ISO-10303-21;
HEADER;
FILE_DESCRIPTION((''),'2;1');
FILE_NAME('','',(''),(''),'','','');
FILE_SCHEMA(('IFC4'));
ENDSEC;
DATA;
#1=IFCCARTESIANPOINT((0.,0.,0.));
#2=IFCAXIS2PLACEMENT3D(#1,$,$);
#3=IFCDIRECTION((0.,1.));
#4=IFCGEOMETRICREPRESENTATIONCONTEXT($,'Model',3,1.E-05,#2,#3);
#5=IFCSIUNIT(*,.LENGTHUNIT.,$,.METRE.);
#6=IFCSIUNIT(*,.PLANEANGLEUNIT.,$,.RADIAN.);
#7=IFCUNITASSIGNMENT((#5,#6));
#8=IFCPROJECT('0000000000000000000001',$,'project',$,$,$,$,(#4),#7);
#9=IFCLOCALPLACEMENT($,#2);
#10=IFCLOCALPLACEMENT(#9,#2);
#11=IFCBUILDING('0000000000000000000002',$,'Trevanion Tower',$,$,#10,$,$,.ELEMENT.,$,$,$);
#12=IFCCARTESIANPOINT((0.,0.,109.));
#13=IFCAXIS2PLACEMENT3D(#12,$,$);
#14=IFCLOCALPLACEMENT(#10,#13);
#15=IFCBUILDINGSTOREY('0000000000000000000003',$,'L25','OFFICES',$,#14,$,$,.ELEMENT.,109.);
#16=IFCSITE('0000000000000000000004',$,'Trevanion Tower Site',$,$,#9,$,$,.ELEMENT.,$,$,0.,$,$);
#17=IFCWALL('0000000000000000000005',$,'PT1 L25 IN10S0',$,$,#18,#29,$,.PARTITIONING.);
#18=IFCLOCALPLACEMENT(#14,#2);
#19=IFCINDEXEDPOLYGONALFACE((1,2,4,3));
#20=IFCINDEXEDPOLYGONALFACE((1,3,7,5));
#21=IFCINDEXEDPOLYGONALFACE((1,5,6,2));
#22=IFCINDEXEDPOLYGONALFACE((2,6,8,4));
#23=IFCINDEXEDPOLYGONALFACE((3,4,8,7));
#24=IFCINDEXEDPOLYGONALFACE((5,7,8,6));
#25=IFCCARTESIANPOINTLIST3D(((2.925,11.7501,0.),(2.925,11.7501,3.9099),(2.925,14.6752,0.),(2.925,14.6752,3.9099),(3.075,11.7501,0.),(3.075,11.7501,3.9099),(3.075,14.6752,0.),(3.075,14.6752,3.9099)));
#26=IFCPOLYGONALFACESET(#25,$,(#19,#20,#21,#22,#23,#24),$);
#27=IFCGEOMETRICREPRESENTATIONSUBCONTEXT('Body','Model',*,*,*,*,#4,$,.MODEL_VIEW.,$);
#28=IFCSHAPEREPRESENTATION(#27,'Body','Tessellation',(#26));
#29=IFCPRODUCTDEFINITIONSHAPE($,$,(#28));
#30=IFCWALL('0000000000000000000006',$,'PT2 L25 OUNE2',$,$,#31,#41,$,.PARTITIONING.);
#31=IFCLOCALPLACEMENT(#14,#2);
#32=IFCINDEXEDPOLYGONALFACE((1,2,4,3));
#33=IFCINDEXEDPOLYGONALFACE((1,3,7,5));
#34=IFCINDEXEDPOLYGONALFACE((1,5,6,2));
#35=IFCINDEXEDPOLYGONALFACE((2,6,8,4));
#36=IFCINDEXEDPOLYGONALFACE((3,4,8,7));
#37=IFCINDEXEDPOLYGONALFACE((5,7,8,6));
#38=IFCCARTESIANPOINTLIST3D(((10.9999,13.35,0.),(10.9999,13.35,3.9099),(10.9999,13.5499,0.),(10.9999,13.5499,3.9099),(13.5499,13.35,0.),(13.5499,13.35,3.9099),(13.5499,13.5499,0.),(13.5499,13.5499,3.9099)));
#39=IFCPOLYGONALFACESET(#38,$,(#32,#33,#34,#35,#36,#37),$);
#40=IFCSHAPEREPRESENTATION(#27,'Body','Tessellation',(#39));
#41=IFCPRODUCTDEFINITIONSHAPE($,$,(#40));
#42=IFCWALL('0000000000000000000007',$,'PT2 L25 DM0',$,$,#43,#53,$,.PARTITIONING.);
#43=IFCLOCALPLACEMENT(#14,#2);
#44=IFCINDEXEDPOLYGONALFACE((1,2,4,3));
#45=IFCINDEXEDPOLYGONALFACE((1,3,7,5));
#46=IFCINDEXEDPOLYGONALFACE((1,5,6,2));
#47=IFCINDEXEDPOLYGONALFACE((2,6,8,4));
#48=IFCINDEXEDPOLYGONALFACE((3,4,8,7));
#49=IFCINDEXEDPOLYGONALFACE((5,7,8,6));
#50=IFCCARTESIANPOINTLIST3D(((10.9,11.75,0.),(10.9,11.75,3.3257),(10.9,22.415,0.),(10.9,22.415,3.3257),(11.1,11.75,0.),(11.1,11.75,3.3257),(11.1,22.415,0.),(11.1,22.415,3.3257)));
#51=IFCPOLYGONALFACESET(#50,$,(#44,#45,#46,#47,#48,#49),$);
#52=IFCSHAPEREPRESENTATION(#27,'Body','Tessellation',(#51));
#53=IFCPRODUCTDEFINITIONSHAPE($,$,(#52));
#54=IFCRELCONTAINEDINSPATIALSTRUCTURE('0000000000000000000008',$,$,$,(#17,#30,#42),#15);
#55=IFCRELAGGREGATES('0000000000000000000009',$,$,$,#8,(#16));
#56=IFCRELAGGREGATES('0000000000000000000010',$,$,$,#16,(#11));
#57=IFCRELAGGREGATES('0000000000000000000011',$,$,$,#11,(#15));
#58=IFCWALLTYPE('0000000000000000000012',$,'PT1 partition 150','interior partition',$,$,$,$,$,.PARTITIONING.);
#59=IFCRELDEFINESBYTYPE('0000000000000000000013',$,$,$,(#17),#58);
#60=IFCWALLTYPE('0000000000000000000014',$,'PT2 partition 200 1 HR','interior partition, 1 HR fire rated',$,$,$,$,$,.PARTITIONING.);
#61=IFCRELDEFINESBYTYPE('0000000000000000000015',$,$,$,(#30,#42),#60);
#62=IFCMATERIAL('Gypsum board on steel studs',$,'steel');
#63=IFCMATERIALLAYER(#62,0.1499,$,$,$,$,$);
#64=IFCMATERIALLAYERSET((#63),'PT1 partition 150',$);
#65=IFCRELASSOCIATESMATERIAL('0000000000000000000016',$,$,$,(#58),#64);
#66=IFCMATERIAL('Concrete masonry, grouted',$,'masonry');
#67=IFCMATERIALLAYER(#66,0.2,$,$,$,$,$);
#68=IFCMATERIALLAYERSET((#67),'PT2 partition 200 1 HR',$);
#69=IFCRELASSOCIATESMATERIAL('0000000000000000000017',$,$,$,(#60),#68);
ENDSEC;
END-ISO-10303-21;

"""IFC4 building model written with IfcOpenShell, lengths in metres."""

from ifc_helpers import new_model, si_unit, direction, frame, frame_2d, origin, place, context, subcontext, project, spatial, rectangle, extrude, material, layer, layer_set, type_object, element, save


model = new_model("IFC4")

# Units and contexts
model_context = context("Model", 3, precision=1e-05, world=origin(), true_north=direction((0.0, 1.0)))
body_context = subcontext(model_context, "Body", "Model", "MODEL_VIEW")
ifc_project = project(units=[si_unit("LENGTHUNIT", "METRE"), si_unit("PLANEANGLEUNIT", "RADIAN")], contexts=[model_context])

# Site, building, storey
site_placement = place(None, origin())
site = spatial("IfcSite", under=ifc_project, at=site_placement, Name="Trevanion Tower Site", CompositionType="ELEMENT", RefElevation=0.0)
building_placement = place(site_placement, origin())
building = spatial("IfcBuilding", under=site, at=building_placement, Name="Trevanion Tower", CompositionType="ELEMENT")
storey_placement = place(building_placement, frame((0.0, 0.0, 109.0)))
storey = spatial("IfcBuildingStorey", under=building, at=storey_placement, Name="L25", Description="OFFICES", CompositionType="ELEMENT", Elevation=109.0)

# Shared definitions
ifc_material_1 = material(Name="Gypsum board on steel studs", Category="steel")
ifc_layer_1 = layer(ifc_material_1, 0.1499)
ifc_layer_set_1 = layer_set([ifc_layer_1], Name="PT1 partition 150")
wall_type_1 = type_object("IfcWallType", Name="PT1 partition 150", Description="interior partition", PredefinedType="PARTITIONING", material=ifc_layer_set_1)

# Walls
wall_1_placement = place(storey_placement, frame((3.0, 14.675, 0.0), z_axis=(0.0, 0.0, 1.0), x_axis=(0.0, -1.0, 0.0)))
element("IfcWall", 1, at=wall_1_placement, inside=storey, type_object=wall_type_1, Name="PT1 L25 IN10S0", PredefinedType="PARTITIONING", context=body_context, shape_type="SweptSolid", body=[
    extrude(rectangle(XDim=2.925, YDim=0.1499, at=frame_2d((1.4624, 0.0))), origin(), (0.0, 0.0, 1.0), 3.9099),
])
ifc_material_2 = material(Name="Concrete masonry, grouted", Category="masonry")
ifc_layer_2 = layer(ifc_material_2, 0.2)
ifc_layer_set_2 = layer_set([ifc_layer_2], Name="PT2 partition 200 1 HR")
wall_type_2 = type_object("IfcWallType", Name="PT2 partition 200 1 HR", Description="interior partition, 1 HR fire rated", PredefinedType="PARTITIONING", material=ifc_layer_set_2)
wall_2_placement = place(storey_placement, frame((11.0, 13.45, 0.0), z_axis=(0.0, 0.0, 1.0), x_axis=(1.0, 0.0, 0.0)))
element("IfcWall", 2, at=wall_2_placement, inside=storey, type_object=wall_type_2, Name="PT2 L25 OUNE2", PredefinedType="PARTITIONING", context=body_context, shape_type="SweptSolid", body=[
    extrude(rectangle(XDim=2.55, YDim=0.2, at=frame_2d((1.2749, 0.0))), origin(), (0.0, 0.0, 1.0), 3.9099),
])
wall_3_placement = place(storey_placement, frame((11.0, 11.75, 0.0), z_axis=(0.0, 0.0, 1.0), x_axis=(0.0, 1.0, 0.0)))
element("IfcWall", 3, at=wall_3_placement, inside=storey, type_object=wall_type_2, Name="PT2 L25 DM0", PredefinedType="PARTITIONING", context=body_context, shape_type="SweptSolid", body=[
    extrude(rectangle(XDim=10.665, YDim=0.2, at=frame_2d((5.3325, 0.0))), origin(), (0.0, 0.0, 1.0), 3.3257),
])

save(model, "model.ifc")
